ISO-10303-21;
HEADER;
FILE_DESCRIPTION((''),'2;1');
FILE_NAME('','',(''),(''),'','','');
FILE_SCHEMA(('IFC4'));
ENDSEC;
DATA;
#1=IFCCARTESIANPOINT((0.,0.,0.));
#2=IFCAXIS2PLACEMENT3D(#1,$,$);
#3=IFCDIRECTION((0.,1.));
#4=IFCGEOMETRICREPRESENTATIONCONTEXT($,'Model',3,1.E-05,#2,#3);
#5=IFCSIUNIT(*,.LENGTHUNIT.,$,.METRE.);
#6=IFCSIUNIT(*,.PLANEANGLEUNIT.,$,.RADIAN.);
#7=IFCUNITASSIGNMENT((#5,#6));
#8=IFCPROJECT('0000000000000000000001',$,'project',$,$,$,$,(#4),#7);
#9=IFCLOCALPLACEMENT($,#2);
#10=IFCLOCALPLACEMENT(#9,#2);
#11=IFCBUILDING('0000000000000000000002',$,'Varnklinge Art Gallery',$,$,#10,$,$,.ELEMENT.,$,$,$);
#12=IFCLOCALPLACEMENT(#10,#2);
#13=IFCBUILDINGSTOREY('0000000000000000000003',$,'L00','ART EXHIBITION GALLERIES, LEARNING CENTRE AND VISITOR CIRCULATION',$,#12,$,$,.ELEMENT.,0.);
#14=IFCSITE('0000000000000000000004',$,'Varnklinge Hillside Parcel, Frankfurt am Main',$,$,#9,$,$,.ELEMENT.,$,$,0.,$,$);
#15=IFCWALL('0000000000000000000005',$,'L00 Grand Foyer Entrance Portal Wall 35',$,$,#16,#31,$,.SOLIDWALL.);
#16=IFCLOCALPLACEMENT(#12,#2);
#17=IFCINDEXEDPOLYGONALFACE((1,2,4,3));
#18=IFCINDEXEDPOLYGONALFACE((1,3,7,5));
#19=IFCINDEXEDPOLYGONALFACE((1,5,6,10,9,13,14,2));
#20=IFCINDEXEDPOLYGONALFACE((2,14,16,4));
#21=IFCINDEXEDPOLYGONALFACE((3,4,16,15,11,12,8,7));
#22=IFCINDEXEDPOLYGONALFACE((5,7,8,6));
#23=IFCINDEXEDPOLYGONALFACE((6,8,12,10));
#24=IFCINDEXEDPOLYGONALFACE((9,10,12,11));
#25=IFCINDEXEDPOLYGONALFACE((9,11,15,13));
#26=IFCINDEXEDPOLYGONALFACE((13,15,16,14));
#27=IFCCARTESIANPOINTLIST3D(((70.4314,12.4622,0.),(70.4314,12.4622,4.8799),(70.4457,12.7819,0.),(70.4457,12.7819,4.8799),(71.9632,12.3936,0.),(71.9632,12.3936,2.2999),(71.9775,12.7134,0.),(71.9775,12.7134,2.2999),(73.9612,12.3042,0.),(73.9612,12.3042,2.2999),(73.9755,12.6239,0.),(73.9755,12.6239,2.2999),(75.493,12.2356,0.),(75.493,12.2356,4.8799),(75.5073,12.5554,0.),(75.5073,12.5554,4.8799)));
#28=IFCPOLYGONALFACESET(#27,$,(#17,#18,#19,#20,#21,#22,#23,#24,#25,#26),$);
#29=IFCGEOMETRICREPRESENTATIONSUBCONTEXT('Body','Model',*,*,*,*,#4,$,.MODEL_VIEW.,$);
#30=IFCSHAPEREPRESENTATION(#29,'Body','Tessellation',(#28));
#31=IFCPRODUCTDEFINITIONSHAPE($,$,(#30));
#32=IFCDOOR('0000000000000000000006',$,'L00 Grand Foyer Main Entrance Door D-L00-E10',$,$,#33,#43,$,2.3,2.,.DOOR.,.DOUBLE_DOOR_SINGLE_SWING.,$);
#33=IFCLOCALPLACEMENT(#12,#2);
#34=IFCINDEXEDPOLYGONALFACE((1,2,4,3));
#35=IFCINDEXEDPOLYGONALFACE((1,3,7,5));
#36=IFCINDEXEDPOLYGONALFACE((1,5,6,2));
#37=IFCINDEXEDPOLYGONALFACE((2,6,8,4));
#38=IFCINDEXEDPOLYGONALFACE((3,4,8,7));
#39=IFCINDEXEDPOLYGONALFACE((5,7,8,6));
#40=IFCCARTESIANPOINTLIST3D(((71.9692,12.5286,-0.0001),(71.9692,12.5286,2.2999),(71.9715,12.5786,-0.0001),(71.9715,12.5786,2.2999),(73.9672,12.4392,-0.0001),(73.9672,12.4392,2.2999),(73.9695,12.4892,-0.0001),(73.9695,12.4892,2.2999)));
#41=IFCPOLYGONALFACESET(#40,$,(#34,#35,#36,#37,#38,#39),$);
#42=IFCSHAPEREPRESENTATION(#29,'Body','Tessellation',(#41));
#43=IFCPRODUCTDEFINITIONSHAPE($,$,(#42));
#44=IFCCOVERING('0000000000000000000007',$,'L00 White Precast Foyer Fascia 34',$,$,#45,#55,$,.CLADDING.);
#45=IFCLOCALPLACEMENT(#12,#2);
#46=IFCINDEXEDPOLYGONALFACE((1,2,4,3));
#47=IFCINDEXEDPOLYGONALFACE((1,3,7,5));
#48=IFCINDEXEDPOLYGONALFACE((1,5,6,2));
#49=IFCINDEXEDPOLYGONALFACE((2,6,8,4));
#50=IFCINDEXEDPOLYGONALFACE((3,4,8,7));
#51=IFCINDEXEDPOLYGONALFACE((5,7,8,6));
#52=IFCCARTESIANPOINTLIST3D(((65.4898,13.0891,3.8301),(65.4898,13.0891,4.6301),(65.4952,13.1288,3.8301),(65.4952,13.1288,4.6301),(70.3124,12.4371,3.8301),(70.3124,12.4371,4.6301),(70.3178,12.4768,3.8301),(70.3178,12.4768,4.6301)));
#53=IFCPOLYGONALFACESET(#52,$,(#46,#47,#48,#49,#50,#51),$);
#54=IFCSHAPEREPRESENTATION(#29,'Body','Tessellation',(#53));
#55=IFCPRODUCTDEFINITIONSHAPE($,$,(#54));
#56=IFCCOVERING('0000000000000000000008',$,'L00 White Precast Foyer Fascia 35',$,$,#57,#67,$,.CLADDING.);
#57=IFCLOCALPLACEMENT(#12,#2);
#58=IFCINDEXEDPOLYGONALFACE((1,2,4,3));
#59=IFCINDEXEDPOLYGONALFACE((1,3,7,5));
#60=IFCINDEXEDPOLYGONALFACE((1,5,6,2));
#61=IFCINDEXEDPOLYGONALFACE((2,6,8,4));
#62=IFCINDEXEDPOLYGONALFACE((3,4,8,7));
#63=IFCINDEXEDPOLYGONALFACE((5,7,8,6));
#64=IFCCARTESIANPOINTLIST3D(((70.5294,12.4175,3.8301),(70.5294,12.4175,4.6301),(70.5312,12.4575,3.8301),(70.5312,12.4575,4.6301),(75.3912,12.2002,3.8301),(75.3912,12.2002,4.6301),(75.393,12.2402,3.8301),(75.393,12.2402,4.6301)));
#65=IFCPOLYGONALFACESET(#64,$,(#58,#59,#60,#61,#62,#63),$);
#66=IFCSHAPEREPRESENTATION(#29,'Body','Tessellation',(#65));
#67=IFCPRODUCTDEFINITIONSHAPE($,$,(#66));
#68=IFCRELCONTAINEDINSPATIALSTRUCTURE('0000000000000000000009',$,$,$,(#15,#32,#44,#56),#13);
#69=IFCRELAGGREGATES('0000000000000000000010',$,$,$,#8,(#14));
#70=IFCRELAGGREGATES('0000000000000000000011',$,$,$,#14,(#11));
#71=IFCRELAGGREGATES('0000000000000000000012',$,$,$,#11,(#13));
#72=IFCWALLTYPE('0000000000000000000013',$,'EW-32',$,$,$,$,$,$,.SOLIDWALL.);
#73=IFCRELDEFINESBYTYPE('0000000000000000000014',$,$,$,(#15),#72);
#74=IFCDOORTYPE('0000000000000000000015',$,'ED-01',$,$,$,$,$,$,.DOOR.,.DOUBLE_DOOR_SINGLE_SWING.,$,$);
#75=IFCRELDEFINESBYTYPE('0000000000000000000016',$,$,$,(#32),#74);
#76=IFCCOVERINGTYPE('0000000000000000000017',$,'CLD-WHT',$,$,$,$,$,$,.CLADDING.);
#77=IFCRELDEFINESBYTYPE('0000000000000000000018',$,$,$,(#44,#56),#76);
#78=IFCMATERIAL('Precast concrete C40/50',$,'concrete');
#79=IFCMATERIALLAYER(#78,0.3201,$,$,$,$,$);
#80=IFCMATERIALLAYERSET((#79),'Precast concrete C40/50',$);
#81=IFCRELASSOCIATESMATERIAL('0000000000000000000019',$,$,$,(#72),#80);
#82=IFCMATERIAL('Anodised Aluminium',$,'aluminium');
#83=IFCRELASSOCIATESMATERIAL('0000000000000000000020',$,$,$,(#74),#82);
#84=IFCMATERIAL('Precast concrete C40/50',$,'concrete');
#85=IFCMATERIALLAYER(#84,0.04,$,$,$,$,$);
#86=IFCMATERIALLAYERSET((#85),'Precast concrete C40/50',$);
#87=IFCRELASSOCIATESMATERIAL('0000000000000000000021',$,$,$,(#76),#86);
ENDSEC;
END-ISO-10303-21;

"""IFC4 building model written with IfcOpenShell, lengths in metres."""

from ifc_helpers import new_model, si_unit, direction, frame, frame_2d, origin, origin_2d, place, context, subcontext, project, spatial, rectangle, extrude, material, layer, layer_set, type_object, element, fill, save


model = new_model("IFC4")

# Units and contexts
model_context = context("Model", 3, precision=1e-05, world=origin(), true_north=direction((0.0, 1.0)))
body_context = subcontext(model_context, "Body", "Model", "MODEL_VIEW")
ifc_project = project(units=[si_unit("LENGTHUNIT", "METRE"), si_unit("PLANEANGLEUNIT", "RADIAN")], contexts=[model_context])

# Site, building, storey
site_placement = place(None, origin())
site = spatial("IfcSite", under=ifc_project, at=site_placement, Name="Varnklinge Hillside Parcel, Frankfurt am Main", CompositionType="ELEMENT", RefElevation=0.0)
building_placement = place(site_placement, origin())
building = spatial("IfcBuilding", under=site, at=building_placement, Name="Varnklinge Art Gallery", CompositionType="ELEMENT")
storey_placement = place(building_placement, origin())
storey = spatial("IfcBuildingStorey", under=building, at=storey_placement, Name="L00", Description="ART EXHIBITION GALLERIES, LEARNING CENTRE AND VISITOR CIRCULATION", CompositionType="ELEMENT", Elevation=0.0)

# Wall, opening, door
ifc_material_1 = material(Name="Precast concrete C40/50", Category="concrete")
ifc_layer_1 = layer(ifc_material_1, 0.3201)
ifc_layer_set_1 = layer_set([ifc_layer_1], Name="Precast concrete C40/50")
wall_type = type_object("IfcWallType", Name="EW-32", PredefinedType="SOLIDWALL", material=ifc_layer_set_1)
ifc_material_2 = material(Name="Anodised Aluminium", Category="aluminium")
door_type = type_object("IfcDoorType", Name="ED-01", OperationType="DOUBLE_DOOR_SINGLE_SWING", PredefinedType="DOOR", material=ifc_material_2)
wall_1_placement = place(storey_placement, frame((75.5, 12.3955, 0.0), z_axis=(0.0, 0.0, 1.0), x_axis=(-0.999, 0.044717, 0.0)))
wall_1 = element("IfcWall", 1, at=wall_1_placement, inside=storey, type_object=wall_type, Name="L00 Grand Foyer Entrance Portal Wall 35", PredefinedType="SOLIDWALL", context=body_context, shape_type="SweptSolid", body=[
    extrude(rectangle(XDim=5.0667, YDim=0.3201, at=frame_2d((2.5332, 0.0))), origin(), (0.0, 0.0, 1.0), 4.8799),
])
opening_1_placement = place(wall_1_placement, frame((1.5332, 0.0, 0.0)))
opening_1 = element("IfcOpeningElement", 2, at=opening_1_placement, cuts=wall_1, PredefinedType="OPENING", context=body_context, shape_type="SweptSolid", body=[
    extrude(rectangle(XDim=2.0, YDim=2.3, at=frame_2d((1.0, 1.1499))), frame((0.0, 0.1702, 0.0), z_axis=(0.0, -1.0, 0.0), x_axis=(1.0, 0.0, 0.0)), (0.0, 0.0, 1.0), 0.3401),
])
door_1_placement = place(opening_1_placement, origin())
door_1 = element("IfcDoor", 3, at=door_1_placement, inside=storey, type_object=door_type, Name="L00 Grand Foyer Main Entrance Door D-L00-E10", OperationType="DOUBLE_DOOR_SINGLE_SWING", OverallHeight=2.3, OverallWidth=2.0, PredefinedType="DOOR", context=body_context, shape_type="SweptSolid", body=[
    extrude(rectangle(XDim=2.0, YDim=2.3, at=frame_2d((1.0, 1.1499))), frame((0.0, 0.0249, 0.0), z_axis=(0.0, -1.0, 0.0), x_axis=(1.0, 0.0, 0.0)), (0.0, 0.0, 1.0), 0.05),
])
fill(opening_1, door_1)

# Coverings
ifc_material_3 = material(Name="Precast concrete C40/50", Category="concrete")
ifc_layer_2 = layer(ifc_material_3, 0.04)
ifc_layer_set_2 = layer_set([ifc_layer_2], Name="Precast concrete C40/50")
covering_type = type_object("IfcCoveringType", Name="CLD-WHT", PredefinedType="CLADDING", material=ifc_layer_set_2)
covering_1_placement = place(storey_placement, frame((67.9038, 12.783, 3.8301), z_axis=(0.0, 0.0, 1.0), x_axis=(0.990983, -0.133986, 0.0)))
element("IfcCovering", 4, at=covering_1_placement, inside=storey, type_object=covering_type, Name="L00 White Precast Foyer Fascia 34", PredefinedType="CLADDING", context=body_context, shape_type="SweptSolid", body=[
    extrude(rectangle(XDim=4.8665, YDim=0.04, at=origin_2d()), origin(), (0.0, 0.0, 1.0), 0.8),
])
covering_2_placement = place(storey_placement, frame((72.9612, 12.3289, 3.8301), z_axis=(0.0, 0.0, 1.0), x_axis=(0.999002, -0.044666, 0.0)))
element("IfcCovering", 5, at=covering_2_placement, inside=storey, type_object=covering_type, Name="L00 White Precast Foyer Fascia 35", PredefinedType="CLADDING", context=body_context, shape_type="SweptSolid", body=[
    extrude(rectangle(XDim=4.8667, YDim=0.04, at=origin_2d()), origin(), (0.0, 0.0, 1.0), 0.8),
])

save(model, "model.ifc")
